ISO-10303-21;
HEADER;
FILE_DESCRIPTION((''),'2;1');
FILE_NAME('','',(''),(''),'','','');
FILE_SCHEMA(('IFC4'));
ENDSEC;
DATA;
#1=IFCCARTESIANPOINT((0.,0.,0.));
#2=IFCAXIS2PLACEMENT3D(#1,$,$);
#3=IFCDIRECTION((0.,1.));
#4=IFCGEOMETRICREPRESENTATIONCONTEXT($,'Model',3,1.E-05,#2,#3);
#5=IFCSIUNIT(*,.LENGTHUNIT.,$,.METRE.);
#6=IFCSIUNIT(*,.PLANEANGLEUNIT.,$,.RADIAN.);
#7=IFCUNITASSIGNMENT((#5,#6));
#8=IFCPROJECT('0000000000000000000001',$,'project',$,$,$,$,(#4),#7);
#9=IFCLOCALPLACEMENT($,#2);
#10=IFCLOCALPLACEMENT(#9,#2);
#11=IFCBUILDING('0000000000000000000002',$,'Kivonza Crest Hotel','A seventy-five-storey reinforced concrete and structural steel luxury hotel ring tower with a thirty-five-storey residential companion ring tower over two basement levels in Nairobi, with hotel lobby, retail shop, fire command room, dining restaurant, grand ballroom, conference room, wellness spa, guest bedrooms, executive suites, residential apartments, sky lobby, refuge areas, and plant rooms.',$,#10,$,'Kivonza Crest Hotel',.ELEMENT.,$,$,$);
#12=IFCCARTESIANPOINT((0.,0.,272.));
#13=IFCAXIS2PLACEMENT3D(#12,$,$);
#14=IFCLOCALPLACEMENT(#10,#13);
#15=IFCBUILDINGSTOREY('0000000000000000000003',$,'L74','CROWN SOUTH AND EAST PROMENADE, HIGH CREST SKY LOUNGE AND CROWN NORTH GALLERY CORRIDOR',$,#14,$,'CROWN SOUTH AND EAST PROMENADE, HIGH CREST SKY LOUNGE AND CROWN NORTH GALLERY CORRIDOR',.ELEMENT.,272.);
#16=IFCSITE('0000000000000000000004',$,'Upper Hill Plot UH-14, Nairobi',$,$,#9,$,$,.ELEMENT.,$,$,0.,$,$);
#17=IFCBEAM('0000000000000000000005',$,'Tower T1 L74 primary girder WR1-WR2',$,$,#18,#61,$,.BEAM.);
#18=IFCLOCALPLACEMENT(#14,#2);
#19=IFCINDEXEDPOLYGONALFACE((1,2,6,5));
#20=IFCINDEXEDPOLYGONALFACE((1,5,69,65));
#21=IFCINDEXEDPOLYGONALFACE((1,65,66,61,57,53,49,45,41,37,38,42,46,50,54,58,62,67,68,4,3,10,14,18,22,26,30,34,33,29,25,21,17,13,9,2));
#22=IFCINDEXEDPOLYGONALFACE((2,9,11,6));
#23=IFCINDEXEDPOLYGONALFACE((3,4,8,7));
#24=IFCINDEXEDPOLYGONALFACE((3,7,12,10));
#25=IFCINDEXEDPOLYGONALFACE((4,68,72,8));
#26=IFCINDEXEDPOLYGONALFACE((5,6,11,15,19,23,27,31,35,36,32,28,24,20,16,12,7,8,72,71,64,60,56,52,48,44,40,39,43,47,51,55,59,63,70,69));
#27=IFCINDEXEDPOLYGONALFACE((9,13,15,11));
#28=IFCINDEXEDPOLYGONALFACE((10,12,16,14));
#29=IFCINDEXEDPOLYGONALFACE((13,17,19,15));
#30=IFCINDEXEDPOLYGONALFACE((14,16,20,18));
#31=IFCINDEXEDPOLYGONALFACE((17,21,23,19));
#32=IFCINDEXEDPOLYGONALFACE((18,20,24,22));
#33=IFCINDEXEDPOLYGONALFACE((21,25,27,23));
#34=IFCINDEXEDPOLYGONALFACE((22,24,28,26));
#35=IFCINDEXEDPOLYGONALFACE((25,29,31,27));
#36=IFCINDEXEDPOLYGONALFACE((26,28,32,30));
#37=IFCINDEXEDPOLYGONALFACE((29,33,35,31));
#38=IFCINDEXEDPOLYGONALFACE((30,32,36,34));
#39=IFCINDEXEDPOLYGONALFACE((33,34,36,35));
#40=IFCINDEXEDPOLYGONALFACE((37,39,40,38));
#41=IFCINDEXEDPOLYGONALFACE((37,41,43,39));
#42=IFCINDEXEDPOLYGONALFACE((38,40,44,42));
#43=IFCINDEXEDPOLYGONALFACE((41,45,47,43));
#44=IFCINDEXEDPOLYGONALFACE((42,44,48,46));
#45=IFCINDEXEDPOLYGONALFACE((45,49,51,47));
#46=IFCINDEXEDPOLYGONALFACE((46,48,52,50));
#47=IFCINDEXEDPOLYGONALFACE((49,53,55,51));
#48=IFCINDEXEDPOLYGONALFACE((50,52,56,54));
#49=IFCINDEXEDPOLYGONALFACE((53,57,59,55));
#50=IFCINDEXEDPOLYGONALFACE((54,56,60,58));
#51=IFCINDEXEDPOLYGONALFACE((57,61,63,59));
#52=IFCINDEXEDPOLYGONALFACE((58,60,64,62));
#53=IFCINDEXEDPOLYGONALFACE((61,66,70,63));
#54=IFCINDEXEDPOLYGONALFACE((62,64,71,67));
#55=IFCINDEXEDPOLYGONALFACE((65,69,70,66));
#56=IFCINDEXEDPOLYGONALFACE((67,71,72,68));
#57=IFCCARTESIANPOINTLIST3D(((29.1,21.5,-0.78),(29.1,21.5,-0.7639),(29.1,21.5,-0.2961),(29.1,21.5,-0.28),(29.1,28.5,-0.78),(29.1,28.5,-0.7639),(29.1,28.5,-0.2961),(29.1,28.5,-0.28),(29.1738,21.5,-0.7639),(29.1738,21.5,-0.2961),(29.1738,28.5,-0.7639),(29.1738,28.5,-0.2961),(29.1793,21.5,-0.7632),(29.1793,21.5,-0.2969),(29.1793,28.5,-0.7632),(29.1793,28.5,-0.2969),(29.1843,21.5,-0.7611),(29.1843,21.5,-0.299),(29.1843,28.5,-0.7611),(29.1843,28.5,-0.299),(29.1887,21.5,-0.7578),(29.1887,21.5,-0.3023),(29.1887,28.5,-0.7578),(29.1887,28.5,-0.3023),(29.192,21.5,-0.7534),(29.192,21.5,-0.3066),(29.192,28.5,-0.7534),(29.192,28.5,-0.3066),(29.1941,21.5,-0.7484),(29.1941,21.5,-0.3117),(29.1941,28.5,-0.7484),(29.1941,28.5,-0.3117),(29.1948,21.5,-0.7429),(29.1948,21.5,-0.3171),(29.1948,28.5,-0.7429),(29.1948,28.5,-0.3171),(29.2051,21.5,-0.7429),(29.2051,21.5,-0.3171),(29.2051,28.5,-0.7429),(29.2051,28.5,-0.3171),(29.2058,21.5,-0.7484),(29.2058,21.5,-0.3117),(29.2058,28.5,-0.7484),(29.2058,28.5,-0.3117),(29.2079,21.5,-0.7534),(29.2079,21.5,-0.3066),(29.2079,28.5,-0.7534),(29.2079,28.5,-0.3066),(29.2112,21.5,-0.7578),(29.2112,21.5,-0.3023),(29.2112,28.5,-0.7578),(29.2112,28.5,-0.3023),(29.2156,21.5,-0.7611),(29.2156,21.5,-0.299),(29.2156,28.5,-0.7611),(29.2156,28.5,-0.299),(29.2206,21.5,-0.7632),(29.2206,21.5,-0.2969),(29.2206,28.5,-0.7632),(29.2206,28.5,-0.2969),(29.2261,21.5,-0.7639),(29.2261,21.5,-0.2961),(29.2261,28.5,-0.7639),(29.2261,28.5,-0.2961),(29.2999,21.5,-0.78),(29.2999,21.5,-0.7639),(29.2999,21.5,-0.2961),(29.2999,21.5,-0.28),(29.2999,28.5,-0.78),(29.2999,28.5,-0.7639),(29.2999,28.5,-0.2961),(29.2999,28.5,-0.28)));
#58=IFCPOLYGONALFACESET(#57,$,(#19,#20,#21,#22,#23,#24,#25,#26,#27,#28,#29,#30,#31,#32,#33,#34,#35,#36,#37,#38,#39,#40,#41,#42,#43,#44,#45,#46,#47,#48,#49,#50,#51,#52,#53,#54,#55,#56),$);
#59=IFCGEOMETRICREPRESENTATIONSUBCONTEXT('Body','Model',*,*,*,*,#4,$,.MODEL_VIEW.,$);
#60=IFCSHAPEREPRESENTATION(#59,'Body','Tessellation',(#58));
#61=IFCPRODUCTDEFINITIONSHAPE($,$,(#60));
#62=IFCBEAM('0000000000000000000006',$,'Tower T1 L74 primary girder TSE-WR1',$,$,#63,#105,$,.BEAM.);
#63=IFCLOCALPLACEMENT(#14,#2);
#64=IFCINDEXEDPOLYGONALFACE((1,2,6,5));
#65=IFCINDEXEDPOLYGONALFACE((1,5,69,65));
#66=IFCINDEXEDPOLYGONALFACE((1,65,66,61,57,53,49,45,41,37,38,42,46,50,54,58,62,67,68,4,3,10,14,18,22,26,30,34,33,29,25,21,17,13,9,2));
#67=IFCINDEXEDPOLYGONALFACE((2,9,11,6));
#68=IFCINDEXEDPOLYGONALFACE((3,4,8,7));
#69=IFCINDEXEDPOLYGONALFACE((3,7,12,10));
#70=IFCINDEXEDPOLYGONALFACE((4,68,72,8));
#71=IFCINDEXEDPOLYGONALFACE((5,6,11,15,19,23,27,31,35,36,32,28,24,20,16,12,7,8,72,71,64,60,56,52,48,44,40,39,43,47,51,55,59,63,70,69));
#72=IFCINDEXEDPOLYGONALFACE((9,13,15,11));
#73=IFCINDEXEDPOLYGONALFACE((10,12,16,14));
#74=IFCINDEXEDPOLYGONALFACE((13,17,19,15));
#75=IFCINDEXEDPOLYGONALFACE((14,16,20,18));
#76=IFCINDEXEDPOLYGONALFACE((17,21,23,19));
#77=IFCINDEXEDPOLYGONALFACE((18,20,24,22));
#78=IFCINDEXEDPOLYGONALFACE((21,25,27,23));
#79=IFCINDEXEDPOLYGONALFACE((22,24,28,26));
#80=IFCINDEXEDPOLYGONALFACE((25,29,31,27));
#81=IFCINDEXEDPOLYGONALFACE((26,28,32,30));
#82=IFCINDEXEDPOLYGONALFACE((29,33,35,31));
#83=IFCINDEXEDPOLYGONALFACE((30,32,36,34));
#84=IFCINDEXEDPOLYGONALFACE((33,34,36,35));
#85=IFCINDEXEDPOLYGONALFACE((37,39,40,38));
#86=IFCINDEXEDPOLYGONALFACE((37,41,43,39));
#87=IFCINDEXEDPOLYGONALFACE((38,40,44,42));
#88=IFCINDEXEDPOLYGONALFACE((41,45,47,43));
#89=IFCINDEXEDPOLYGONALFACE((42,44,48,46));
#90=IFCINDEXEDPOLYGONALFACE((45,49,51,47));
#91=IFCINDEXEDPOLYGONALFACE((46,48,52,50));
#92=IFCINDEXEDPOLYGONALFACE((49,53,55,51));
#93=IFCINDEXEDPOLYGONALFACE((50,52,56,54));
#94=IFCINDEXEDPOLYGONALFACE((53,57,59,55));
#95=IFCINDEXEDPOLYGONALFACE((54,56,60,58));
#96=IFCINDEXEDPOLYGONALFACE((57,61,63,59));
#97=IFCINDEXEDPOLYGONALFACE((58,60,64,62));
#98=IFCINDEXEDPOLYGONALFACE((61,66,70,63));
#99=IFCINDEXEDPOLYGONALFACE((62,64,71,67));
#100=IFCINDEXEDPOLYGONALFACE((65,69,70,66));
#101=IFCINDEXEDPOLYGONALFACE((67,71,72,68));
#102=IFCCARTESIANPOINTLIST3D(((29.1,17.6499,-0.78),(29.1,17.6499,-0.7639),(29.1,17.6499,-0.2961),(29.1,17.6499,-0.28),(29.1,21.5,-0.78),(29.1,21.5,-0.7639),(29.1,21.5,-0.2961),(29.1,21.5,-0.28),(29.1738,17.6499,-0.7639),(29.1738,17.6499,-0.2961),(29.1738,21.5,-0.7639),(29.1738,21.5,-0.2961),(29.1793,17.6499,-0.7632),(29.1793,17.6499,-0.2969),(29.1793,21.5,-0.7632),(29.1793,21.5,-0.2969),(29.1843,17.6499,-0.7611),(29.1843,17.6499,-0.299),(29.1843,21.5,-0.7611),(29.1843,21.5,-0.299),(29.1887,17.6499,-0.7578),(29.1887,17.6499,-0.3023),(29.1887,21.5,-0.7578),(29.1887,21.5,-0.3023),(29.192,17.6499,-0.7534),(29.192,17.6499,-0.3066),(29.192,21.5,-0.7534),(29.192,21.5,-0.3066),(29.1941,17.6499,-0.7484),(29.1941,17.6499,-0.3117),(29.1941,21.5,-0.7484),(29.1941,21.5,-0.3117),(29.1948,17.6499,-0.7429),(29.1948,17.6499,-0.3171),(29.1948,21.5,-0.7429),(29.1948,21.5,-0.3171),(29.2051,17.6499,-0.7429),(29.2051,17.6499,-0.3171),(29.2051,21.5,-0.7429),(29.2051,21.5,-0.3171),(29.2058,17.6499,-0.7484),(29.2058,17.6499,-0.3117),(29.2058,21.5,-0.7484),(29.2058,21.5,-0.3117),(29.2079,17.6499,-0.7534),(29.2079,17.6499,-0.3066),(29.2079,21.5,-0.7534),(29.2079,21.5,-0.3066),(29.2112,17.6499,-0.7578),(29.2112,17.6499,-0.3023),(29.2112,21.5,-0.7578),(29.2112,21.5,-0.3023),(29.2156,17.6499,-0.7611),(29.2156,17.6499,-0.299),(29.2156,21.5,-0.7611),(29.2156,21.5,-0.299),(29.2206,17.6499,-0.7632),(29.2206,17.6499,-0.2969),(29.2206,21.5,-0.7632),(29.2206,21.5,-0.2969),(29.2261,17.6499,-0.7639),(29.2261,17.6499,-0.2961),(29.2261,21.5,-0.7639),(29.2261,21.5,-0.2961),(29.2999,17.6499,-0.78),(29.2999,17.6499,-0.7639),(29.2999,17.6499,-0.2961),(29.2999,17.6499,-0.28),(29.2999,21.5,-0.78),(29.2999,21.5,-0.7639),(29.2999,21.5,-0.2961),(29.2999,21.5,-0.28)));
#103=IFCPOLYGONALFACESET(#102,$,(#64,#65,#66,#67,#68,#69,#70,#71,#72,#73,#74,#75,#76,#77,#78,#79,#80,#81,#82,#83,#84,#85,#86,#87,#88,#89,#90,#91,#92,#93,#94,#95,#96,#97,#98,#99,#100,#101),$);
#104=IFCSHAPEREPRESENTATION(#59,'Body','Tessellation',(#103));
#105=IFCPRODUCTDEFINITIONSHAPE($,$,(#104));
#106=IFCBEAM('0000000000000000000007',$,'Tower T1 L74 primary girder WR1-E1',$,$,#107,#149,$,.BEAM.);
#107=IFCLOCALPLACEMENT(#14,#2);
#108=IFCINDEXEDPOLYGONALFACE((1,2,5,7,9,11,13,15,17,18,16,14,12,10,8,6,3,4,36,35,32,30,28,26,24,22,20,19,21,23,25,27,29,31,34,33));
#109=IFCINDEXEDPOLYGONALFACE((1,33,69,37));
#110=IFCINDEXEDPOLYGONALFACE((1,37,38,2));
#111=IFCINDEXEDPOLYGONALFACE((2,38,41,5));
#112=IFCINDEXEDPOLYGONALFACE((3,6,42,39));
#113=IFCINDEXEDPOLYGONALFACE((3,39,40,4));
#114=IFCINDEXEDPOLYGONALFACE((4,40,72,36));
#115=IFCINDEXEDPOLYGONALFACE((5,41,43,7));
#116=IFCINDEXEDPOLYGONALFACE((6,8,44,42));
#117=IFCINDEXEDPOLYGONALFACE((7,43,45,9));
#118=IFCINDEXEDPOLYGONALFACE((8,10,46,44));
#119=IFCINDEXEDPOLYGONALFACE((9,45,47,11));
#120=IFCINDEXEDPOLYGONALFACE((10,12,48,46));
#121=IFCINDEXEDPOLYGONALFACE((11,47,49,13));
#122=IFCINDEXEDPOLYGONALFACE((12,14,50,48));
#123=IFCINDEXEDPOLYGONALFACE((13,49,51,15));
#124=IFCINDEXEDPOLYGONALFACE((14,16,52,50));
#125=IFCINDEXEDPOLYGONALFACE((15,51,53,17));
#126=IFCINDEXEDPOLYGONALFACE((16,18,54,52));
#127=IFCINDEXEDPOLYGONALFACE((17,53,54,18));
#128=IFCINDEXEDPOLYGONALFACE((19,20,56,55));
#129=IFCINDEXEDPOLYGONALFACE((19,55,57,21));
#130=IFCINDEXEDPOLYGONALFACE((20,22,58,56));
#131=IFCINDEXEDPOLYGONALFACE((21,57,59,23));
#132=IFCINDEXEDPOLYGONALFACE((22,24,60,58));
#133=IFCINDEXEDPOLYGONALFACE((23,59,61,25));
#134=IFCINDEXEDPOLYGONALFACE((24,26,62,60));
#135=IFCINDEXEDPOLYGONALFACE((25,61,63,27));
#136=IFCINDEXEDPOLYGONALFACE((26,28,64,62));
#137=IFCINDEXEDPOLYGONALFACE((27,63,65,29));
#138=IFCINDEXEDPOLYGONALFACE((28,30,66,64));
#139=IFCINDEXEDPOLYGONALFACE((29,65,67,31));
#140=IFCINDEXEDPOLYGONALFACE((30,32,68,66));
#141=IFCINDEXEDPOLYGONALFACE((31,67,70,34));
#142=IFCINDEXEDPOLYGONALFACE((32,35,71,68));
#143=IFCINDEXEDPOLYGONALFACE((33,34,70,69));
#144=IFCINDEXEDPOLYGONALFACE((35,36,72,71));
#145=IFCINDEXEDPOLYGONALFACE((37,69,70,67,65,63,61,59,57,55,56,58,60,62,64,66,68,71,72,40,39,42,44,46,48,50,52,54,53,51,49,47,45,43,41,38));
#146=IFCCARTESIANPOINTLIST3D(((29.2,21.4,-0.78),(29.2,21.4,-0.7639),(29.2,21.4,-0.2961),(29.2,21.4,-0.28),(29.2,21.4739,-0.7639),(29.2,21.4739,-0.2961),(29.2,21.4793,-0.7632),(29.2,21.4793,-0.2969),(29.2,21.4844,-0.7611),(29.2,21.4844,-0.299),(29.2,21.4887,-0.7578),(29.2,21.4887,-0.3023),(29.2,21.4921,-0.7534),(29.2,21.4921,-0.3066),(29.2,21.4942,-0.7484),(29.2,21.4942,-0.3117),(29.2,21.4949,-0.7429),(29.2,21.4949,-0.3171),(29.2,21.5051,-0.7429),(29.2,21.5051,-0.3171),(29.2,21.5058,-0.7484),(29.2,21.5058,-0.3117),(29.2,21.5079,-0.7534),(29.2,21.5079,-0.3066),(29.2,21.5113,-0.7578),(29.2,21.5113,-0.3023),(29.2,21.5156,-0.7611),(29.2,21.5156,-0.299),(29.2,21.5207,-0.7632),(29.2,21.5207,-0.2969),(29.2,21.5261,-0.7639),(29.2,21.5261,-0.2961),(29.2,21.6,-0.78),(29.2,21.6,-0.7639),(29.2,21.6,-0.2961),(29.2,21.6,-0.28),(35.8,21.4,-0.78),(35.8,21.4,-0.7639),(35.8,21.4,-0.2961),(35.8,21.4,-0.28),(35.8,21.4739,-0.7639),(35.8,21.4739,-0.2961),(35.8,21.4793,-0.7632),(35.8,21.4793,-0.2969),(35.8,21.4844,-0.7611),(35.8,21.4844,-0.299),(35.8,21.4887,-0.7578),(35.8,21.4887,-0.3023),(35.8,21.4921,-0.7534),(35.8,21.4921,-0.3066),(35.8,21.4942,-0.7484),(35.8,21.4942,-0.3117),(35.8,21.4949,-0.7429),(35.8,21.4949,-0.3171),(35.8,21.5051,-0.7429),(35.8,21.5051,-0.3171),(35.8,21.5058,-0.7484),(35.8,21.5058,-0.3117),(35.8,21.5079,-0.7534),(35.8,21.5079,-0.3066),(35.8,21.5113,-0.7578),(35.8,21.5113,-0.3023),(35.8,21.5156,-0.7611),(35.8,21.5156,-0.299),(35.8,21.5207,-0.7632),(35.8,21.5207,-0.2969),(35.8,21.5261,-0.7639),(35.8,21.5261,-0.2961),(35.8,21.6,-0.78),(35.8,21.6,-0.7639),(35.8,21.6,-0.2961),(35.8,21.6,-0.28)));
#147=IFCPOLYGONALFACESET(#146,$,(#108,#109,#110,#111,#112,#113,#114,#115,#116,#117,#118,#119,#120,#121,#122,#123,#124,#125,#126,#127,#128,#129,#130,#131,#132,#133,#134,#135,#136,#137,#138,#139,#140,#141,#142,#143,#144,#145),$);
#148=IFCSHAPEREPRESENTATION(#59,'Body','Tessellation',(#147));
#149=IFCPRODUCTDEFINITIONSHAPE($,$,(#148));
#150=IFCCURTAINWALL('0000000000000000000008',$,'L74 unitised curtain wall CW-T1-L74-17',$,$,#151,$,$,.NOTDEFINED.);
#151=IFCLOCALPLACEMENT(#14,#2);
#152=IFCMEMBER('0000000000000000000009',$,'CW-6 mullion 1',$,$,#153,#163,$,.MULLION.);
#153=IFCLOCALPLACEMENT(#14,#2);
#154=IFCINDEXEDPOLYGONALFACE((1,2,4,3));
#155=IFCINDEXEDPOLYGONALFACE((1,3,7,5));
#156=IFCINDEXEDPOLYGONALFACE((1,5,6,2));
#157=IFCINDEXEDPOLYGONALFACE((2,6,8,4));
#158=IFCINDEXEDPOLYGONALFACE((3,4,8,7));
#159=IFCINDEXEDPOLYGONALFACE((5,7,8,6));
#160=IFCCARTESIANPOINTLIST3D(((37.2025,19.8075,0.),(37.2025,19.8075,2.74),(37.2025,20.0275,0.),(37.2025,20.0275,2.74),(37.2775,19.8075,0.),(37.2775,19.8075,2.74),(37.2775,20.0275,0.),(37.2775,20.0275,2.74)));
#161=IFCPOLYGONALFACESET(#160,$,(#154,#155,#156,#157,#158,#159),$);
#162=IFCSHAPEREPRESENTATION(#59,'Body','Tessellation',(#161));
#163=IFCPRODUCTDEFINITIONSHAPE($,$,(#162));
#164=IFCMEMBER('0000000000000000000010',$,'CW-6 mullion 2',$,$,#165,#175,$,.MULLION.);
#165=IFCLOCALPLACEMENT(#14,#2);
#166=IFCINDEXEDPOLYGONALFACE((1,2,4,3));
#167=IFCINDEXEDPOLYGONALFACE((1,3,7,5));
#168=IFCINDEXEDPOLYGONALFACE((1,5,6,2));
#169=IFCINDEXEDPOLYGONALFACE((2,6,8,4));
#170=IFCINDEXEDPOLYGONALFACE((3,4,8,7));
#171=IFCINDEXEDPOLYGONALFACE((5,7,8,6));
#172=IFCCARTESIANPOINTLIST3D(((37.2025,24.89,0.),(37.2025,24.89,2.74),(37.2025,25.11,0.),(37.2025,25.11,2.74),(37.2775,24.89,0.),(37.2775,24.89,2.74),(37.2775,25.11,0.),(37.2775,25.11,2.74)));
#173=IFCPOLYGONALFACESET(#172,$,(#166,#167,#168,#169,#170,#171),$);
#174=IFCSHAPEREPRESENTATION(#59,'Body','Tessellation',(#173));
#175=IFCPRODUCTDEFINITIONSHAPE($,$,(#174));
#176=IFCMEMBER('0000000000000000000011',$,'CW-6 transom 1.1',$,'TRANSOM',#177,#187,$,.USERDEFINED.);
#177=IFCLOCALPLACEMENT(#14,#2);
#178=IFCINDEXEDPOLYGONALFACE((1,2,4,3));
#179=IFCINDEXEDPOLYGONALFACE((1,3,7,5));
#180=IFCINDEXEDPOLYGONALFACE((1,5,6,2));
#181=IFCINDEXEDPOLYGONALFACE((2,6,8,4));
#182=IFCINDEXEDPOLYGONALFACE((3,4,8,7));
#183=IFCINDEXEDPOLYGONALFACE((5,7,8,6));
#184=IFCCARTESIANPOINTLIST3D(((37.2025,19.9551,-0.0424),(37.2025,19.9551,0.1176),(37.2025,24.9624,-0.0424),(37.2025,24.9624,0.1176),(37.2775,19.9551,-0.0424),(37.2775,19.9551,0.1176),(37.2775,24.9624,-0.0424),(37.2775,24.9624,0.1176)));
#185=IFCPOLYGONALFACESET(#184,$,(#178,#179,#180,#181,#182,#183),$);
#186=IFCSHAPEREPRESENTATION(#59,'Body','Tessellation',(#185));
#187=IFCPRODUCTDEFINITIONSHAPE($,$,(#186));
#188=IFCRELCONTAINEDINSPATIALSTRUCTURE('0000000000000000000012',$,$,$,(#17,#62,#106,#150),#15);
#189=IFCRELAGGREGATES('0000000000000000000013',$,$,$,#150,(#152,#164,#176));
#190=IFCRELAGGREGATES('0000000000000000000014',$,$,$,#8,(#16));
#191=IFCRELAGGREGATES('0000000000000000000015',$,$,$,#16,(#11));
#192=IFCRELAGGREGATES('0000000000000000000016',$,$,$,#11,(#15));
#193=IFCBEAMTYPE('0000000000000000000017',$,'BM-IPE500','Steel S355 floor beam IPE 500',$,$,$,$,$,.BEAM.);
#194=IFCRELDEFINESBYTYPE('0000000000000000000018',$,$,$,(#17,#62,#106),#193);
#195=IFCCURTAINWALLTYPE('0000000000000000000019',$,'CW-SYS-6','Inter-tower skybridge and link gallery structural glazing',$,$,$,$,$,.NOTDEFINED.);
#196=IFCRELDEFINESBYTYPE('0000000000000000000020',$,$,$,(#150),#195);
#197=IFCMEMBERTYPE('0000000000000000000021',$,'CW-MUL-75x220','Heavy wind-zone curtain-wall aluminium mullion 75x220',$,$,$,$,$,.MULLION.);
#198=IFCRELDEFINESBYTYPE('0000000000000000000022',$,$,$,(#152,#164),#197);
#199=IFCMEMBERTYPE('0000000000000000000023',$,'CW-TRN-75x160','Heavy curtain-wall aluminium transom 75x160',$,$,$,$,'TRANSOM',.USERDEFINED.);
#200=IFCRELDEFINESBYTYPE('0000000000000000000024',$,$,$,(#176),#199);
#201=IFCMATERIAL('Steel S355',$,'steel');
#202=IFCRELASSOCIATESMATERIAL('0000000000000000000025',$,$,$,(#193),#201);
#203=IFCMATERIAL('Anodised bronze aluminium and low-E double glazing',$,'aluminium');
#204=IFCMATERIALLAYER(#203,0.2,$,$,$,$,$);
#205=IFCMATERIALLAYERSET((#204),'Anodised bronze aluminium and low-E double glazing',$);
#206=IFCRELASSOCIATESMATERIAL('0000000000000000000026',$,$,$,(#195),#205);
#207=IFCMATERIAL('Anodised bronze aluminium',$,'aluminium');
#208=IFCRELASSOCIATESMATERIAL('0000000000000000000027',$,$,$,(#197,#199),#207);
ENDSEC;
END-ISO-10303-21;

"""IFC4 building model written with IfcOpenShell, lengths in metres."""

from ifc_helpers import new_model, si_unit, direction, frame, origin, origin_2d, place, context, subcontext, project, spatial, rectangle, i_section, extrude, material, layer, layer_set, material_profile, profile_set, type_object, element, aggregate, save


model = new_model("IFC4")

# Units and contexts
model_context = context("Model", 3, precision=1e-05, world=origin(), true_north=direction((0.0, 1.0)))
body_context = subcontext(model_context, "Body", "Model", "MODEL_VIEW")
ifc_project = project(units=[si_unit("LENGTHUNIT", "METRE"), si_unit("PLANEANGLEUNIT", "RADIAN")], contexts=[model_context])

# Site, building, storey
site_placement = place(None, origin())
site = spatial("IfcSite", under=ifc_project, at=site_placement, Name="Upper Hill Plot UH-14, Nairobi", CompositionType="ELEMENT", RefElevation=0.0)
building_placement = place(site_placement, origin())
building = spatial("IfcBuilding", under=site, at=building_placement, Name="Kivonza Crest Hotel", Description="A seventy-five-storey reinforced concrete and structural steel luxury hotel ring tower with a thirty-five-storey residential companion ring tower over two basement levels in Nairobi, with hotel lobby, retail shop, fire command room, dining restaurant, grand ballroom, conference room, wellness spa, guest bedrooms, executive suites, residential apartments, sky lobby, refuge areas, and plant rooms.", LongName="Kivonza Crest Hotel", CompositionType="ELEMENT")
storey_placement = place(building_placement, frame((0.0, 0.0, 272.0)))
storey = spatial("IfcBuildingStorey", under=building, at=storey_placement, Name="L74", Description="CROWN SOUTH AND EAST PROMENADE, HIGH CREST SKY LOUNGE AND CROWN NORTH GALLERY CORRIDOR", LongName="CROWN SOUTH AND EAST PROMENADE, HIGH CREST SKY LOUNGE AND CROWN NORTH GALLERY CORRIDOR", CompositionType="ELEMENT", Elevation=272.0)

# Beams
ifc_material_1 = material(Name="Steel S355", Category="steel")
ifc_material_profile_1 = material_profile(ifc_material_1, i_section(OverallWidth=0.2, OverallDepth=0.5, WebThickness=0.0103, FlangeThickness=0.0161, FilletRadius=0.021, at=origin_2d()), Name="IPE 500")
ifc_profile_set_1 = profile_set([ifc_material_profile_1], Name="Steel S355")
beam_type_1 = type_object("IfcBeamType", Name="BM-IPE500", Description="Steel S355 floor beam IPE 500", PredefinedType="BEAM", material=ifc_profile_set_1)
beam_1_placement = place(storey_placement, frame((29.2, 21.5, -0.53), z_axis=(0.0, 1.0, 0.0), x_axis=(-1.0, 0.0, 0.0)))
element("IfcBeam", 1, at=beam_1_placement, inside=storey, type_object=beam_type_1, Name="Tower T1 L74 primary girder WR1-WR2", PredefinedType="BEAM", context=body_context, shape_type="SweptSolid", body=[
    extrude(i_section(OverallWidth=0.2, OverallDepth=0.5, WebThickness=0.0103, FlangeThickness=0.0161, FilletRadius=0.021, at=origin_2d()), origin(), (0.0, 0.0, 1.0), 7.0),
])
beam_2_placement = place(storey_placement, frame((29.2, 17.6499, -0.53), z_axis=(0.0, 1.0, 0.0), x_axis=(-1.0, 0.0, 0.0)))
element("IfcBeam", 2, at=beam_2_placement, inside=storey, type_object=beam_type_1, Name="Tower T1 L74 primary girder TSE-WR1", PredefinedType="BEAM", context=body_context, shape_type="SweptSolid", body=[
    extrude(i_section(OverallWidth=0.2, OverallDepth=0.5, WebThickness=0.0103, FlangeThickness=0.0161, FilletRadius=0.021, at=origin_2d()), origin(), (0.0, 0.0, 1.0), 3.8501),
])
beam_3_placement = place(storey_placement, frame((29.2, 21.5, -0.53), z_axis=(1.0, 0.0, 0.0), x_axis=(0.0, 1.0, 0.0)))
element("IfcBeam", 3, at=beam_3_placement, inside=storey, type_object=beam_type_1, Name="Tower T1 L74 primary girder WR1-E1", PredefinedType="BEAM", context=body_context, shape_type="SweptSolid", body=[
    extrude(i_section(OverallWidth=0.2, OverallDepth=0.5, WebThickness=0.0103, FlangeThickness=0.0161, FilletRadius=0.021, at=origin_2d()), origin(), (0.0, 0.0, 1.0), 6.6001),
])

# Curtain wall, members
ifc_material_2 = material(Name="Anodised bronze aluminium and low-E double glazing", Category="aluminium")
ifc_layer_1 = layer(ifc_material_2, 0.2)
ifc_layer_set_1 = layer_set([ifc_layer_1], Name="Anodised bronze aluminium and low-E double glazing")
curtain_wall_type = type_object("IfcCurtainWallType", Name="CW-SYS-6", Description="Inter-tower skybridge and link gallery structural glazing", PredefinedType="NOTDEFINED", material=ifc_layer_set_1)
curtain_wall_placement = place(storey_placement, origin())
curtain_wall = element("IfcCurtainWall", 4, at=curtain_wall_placement, inside=storey, type_object=curtain_wall_type, Name="L74 unitised curtain wall CW-T1-L74-17", PredefinedType="NOTDEFINED")
ifc_material_3 = material(Name="Anodised bronze aluminium", Category="aluminium")
ifc_material_profile_2 = material_profile(ifc_material_3, rectangle(XDim=0.075, YDim=0.22, at=origin_2d()), Name="CW-M 75x220")
ifc_profile_set_2 = profile_set([ifc_material_profile_2], Name="Anodised bronze aluminium")
member_type_1 = type_object("IfcMemberType", Name="CW-MUL-75x220", Description="Heavy wind-zone curtain-wall aluminium mullion 75x220", PredefinedType="MULLION", material=ifc_profile_set_2)
member_1_placement = place(storey_placement, frame((37.24, 19.9175, 0.0), z_axis=(0.0, 0.0, 1.0), x_axis=(-1.0, 0.0, 0.0)))
member_1 = element("IfcMember", 5, at=member_1_placement, type_object=member_type_1, Name="CW-6 mullion 1", PredefinedType="MULLION", context=body_context, shape_type="SweptSolid", body=[
    extrude(rectangle(XDim=0.075, YDim=0.22, at=origin_2d()), origin(), (0.0, 0.0, 1.0), 2.74),
])
member_2_placement = place(storey_placement, frame((37.24, 25.0, 0.0), z_axis=(0.0, 0.0, 1.0), x_axis=(-1.0, 0.0, 0.0)))
member_2 = element("IfcMember", 6, at=member_2_placement, type_object=member_type_1, Name="CW-6 mullion 2", PredefinedType="MULLION", context=body_context, shape_type="SweptSolid", body=[
    extrude(rectangle(XDim=0.075, YDim=0.22, at=origin_2d()), origin(), (0.0, 0.0, 1.0), 2.74),
])
ifc_material_profile_3 = material_profile(ifc_material_3, rectangle(XDim=0.075, YDim=0.1599, at=origin_2d()), Name="CW-T 75x160")
ifc_profile_set_3 = profile_set([ifc_material_profile_3], Name="Anodised bronze aluminium")
member_type_2 = type_object("IfcMemberType", Name="CW-TRN-75x160", Description="Heavy curtain-wall aluminium transom 75x160", ElementType="TRANSOM", PredefinedType="USERDEFINED", material=ifc_profile_set_3)
member_3_placement = place(storey_placement, frame((37.24, 19.9551, 0.0376), z_axis=(0.0, 1.0, 0.0), x_axis=(-1.0, 0.0, 0.0)))
member_3 = element("IfcMember", 7, at=member_3_placement, type_object=member_type_2, Name="CW-6 transom 1.1", ObjectType="TRANSOM", PredefinedType="USERDEFINED", context=body_context, shape_type="SweptSolid", body=[
    extrude(rectangle(XDim=0.075, YDim=0.1599, at=origin_2d()), origin(), (0.0, 0.0, 1.0), 5.0073),
])
aggregate(curtain_wall, [member_1, member_2, member_3])

save(model, "model.ifc")
